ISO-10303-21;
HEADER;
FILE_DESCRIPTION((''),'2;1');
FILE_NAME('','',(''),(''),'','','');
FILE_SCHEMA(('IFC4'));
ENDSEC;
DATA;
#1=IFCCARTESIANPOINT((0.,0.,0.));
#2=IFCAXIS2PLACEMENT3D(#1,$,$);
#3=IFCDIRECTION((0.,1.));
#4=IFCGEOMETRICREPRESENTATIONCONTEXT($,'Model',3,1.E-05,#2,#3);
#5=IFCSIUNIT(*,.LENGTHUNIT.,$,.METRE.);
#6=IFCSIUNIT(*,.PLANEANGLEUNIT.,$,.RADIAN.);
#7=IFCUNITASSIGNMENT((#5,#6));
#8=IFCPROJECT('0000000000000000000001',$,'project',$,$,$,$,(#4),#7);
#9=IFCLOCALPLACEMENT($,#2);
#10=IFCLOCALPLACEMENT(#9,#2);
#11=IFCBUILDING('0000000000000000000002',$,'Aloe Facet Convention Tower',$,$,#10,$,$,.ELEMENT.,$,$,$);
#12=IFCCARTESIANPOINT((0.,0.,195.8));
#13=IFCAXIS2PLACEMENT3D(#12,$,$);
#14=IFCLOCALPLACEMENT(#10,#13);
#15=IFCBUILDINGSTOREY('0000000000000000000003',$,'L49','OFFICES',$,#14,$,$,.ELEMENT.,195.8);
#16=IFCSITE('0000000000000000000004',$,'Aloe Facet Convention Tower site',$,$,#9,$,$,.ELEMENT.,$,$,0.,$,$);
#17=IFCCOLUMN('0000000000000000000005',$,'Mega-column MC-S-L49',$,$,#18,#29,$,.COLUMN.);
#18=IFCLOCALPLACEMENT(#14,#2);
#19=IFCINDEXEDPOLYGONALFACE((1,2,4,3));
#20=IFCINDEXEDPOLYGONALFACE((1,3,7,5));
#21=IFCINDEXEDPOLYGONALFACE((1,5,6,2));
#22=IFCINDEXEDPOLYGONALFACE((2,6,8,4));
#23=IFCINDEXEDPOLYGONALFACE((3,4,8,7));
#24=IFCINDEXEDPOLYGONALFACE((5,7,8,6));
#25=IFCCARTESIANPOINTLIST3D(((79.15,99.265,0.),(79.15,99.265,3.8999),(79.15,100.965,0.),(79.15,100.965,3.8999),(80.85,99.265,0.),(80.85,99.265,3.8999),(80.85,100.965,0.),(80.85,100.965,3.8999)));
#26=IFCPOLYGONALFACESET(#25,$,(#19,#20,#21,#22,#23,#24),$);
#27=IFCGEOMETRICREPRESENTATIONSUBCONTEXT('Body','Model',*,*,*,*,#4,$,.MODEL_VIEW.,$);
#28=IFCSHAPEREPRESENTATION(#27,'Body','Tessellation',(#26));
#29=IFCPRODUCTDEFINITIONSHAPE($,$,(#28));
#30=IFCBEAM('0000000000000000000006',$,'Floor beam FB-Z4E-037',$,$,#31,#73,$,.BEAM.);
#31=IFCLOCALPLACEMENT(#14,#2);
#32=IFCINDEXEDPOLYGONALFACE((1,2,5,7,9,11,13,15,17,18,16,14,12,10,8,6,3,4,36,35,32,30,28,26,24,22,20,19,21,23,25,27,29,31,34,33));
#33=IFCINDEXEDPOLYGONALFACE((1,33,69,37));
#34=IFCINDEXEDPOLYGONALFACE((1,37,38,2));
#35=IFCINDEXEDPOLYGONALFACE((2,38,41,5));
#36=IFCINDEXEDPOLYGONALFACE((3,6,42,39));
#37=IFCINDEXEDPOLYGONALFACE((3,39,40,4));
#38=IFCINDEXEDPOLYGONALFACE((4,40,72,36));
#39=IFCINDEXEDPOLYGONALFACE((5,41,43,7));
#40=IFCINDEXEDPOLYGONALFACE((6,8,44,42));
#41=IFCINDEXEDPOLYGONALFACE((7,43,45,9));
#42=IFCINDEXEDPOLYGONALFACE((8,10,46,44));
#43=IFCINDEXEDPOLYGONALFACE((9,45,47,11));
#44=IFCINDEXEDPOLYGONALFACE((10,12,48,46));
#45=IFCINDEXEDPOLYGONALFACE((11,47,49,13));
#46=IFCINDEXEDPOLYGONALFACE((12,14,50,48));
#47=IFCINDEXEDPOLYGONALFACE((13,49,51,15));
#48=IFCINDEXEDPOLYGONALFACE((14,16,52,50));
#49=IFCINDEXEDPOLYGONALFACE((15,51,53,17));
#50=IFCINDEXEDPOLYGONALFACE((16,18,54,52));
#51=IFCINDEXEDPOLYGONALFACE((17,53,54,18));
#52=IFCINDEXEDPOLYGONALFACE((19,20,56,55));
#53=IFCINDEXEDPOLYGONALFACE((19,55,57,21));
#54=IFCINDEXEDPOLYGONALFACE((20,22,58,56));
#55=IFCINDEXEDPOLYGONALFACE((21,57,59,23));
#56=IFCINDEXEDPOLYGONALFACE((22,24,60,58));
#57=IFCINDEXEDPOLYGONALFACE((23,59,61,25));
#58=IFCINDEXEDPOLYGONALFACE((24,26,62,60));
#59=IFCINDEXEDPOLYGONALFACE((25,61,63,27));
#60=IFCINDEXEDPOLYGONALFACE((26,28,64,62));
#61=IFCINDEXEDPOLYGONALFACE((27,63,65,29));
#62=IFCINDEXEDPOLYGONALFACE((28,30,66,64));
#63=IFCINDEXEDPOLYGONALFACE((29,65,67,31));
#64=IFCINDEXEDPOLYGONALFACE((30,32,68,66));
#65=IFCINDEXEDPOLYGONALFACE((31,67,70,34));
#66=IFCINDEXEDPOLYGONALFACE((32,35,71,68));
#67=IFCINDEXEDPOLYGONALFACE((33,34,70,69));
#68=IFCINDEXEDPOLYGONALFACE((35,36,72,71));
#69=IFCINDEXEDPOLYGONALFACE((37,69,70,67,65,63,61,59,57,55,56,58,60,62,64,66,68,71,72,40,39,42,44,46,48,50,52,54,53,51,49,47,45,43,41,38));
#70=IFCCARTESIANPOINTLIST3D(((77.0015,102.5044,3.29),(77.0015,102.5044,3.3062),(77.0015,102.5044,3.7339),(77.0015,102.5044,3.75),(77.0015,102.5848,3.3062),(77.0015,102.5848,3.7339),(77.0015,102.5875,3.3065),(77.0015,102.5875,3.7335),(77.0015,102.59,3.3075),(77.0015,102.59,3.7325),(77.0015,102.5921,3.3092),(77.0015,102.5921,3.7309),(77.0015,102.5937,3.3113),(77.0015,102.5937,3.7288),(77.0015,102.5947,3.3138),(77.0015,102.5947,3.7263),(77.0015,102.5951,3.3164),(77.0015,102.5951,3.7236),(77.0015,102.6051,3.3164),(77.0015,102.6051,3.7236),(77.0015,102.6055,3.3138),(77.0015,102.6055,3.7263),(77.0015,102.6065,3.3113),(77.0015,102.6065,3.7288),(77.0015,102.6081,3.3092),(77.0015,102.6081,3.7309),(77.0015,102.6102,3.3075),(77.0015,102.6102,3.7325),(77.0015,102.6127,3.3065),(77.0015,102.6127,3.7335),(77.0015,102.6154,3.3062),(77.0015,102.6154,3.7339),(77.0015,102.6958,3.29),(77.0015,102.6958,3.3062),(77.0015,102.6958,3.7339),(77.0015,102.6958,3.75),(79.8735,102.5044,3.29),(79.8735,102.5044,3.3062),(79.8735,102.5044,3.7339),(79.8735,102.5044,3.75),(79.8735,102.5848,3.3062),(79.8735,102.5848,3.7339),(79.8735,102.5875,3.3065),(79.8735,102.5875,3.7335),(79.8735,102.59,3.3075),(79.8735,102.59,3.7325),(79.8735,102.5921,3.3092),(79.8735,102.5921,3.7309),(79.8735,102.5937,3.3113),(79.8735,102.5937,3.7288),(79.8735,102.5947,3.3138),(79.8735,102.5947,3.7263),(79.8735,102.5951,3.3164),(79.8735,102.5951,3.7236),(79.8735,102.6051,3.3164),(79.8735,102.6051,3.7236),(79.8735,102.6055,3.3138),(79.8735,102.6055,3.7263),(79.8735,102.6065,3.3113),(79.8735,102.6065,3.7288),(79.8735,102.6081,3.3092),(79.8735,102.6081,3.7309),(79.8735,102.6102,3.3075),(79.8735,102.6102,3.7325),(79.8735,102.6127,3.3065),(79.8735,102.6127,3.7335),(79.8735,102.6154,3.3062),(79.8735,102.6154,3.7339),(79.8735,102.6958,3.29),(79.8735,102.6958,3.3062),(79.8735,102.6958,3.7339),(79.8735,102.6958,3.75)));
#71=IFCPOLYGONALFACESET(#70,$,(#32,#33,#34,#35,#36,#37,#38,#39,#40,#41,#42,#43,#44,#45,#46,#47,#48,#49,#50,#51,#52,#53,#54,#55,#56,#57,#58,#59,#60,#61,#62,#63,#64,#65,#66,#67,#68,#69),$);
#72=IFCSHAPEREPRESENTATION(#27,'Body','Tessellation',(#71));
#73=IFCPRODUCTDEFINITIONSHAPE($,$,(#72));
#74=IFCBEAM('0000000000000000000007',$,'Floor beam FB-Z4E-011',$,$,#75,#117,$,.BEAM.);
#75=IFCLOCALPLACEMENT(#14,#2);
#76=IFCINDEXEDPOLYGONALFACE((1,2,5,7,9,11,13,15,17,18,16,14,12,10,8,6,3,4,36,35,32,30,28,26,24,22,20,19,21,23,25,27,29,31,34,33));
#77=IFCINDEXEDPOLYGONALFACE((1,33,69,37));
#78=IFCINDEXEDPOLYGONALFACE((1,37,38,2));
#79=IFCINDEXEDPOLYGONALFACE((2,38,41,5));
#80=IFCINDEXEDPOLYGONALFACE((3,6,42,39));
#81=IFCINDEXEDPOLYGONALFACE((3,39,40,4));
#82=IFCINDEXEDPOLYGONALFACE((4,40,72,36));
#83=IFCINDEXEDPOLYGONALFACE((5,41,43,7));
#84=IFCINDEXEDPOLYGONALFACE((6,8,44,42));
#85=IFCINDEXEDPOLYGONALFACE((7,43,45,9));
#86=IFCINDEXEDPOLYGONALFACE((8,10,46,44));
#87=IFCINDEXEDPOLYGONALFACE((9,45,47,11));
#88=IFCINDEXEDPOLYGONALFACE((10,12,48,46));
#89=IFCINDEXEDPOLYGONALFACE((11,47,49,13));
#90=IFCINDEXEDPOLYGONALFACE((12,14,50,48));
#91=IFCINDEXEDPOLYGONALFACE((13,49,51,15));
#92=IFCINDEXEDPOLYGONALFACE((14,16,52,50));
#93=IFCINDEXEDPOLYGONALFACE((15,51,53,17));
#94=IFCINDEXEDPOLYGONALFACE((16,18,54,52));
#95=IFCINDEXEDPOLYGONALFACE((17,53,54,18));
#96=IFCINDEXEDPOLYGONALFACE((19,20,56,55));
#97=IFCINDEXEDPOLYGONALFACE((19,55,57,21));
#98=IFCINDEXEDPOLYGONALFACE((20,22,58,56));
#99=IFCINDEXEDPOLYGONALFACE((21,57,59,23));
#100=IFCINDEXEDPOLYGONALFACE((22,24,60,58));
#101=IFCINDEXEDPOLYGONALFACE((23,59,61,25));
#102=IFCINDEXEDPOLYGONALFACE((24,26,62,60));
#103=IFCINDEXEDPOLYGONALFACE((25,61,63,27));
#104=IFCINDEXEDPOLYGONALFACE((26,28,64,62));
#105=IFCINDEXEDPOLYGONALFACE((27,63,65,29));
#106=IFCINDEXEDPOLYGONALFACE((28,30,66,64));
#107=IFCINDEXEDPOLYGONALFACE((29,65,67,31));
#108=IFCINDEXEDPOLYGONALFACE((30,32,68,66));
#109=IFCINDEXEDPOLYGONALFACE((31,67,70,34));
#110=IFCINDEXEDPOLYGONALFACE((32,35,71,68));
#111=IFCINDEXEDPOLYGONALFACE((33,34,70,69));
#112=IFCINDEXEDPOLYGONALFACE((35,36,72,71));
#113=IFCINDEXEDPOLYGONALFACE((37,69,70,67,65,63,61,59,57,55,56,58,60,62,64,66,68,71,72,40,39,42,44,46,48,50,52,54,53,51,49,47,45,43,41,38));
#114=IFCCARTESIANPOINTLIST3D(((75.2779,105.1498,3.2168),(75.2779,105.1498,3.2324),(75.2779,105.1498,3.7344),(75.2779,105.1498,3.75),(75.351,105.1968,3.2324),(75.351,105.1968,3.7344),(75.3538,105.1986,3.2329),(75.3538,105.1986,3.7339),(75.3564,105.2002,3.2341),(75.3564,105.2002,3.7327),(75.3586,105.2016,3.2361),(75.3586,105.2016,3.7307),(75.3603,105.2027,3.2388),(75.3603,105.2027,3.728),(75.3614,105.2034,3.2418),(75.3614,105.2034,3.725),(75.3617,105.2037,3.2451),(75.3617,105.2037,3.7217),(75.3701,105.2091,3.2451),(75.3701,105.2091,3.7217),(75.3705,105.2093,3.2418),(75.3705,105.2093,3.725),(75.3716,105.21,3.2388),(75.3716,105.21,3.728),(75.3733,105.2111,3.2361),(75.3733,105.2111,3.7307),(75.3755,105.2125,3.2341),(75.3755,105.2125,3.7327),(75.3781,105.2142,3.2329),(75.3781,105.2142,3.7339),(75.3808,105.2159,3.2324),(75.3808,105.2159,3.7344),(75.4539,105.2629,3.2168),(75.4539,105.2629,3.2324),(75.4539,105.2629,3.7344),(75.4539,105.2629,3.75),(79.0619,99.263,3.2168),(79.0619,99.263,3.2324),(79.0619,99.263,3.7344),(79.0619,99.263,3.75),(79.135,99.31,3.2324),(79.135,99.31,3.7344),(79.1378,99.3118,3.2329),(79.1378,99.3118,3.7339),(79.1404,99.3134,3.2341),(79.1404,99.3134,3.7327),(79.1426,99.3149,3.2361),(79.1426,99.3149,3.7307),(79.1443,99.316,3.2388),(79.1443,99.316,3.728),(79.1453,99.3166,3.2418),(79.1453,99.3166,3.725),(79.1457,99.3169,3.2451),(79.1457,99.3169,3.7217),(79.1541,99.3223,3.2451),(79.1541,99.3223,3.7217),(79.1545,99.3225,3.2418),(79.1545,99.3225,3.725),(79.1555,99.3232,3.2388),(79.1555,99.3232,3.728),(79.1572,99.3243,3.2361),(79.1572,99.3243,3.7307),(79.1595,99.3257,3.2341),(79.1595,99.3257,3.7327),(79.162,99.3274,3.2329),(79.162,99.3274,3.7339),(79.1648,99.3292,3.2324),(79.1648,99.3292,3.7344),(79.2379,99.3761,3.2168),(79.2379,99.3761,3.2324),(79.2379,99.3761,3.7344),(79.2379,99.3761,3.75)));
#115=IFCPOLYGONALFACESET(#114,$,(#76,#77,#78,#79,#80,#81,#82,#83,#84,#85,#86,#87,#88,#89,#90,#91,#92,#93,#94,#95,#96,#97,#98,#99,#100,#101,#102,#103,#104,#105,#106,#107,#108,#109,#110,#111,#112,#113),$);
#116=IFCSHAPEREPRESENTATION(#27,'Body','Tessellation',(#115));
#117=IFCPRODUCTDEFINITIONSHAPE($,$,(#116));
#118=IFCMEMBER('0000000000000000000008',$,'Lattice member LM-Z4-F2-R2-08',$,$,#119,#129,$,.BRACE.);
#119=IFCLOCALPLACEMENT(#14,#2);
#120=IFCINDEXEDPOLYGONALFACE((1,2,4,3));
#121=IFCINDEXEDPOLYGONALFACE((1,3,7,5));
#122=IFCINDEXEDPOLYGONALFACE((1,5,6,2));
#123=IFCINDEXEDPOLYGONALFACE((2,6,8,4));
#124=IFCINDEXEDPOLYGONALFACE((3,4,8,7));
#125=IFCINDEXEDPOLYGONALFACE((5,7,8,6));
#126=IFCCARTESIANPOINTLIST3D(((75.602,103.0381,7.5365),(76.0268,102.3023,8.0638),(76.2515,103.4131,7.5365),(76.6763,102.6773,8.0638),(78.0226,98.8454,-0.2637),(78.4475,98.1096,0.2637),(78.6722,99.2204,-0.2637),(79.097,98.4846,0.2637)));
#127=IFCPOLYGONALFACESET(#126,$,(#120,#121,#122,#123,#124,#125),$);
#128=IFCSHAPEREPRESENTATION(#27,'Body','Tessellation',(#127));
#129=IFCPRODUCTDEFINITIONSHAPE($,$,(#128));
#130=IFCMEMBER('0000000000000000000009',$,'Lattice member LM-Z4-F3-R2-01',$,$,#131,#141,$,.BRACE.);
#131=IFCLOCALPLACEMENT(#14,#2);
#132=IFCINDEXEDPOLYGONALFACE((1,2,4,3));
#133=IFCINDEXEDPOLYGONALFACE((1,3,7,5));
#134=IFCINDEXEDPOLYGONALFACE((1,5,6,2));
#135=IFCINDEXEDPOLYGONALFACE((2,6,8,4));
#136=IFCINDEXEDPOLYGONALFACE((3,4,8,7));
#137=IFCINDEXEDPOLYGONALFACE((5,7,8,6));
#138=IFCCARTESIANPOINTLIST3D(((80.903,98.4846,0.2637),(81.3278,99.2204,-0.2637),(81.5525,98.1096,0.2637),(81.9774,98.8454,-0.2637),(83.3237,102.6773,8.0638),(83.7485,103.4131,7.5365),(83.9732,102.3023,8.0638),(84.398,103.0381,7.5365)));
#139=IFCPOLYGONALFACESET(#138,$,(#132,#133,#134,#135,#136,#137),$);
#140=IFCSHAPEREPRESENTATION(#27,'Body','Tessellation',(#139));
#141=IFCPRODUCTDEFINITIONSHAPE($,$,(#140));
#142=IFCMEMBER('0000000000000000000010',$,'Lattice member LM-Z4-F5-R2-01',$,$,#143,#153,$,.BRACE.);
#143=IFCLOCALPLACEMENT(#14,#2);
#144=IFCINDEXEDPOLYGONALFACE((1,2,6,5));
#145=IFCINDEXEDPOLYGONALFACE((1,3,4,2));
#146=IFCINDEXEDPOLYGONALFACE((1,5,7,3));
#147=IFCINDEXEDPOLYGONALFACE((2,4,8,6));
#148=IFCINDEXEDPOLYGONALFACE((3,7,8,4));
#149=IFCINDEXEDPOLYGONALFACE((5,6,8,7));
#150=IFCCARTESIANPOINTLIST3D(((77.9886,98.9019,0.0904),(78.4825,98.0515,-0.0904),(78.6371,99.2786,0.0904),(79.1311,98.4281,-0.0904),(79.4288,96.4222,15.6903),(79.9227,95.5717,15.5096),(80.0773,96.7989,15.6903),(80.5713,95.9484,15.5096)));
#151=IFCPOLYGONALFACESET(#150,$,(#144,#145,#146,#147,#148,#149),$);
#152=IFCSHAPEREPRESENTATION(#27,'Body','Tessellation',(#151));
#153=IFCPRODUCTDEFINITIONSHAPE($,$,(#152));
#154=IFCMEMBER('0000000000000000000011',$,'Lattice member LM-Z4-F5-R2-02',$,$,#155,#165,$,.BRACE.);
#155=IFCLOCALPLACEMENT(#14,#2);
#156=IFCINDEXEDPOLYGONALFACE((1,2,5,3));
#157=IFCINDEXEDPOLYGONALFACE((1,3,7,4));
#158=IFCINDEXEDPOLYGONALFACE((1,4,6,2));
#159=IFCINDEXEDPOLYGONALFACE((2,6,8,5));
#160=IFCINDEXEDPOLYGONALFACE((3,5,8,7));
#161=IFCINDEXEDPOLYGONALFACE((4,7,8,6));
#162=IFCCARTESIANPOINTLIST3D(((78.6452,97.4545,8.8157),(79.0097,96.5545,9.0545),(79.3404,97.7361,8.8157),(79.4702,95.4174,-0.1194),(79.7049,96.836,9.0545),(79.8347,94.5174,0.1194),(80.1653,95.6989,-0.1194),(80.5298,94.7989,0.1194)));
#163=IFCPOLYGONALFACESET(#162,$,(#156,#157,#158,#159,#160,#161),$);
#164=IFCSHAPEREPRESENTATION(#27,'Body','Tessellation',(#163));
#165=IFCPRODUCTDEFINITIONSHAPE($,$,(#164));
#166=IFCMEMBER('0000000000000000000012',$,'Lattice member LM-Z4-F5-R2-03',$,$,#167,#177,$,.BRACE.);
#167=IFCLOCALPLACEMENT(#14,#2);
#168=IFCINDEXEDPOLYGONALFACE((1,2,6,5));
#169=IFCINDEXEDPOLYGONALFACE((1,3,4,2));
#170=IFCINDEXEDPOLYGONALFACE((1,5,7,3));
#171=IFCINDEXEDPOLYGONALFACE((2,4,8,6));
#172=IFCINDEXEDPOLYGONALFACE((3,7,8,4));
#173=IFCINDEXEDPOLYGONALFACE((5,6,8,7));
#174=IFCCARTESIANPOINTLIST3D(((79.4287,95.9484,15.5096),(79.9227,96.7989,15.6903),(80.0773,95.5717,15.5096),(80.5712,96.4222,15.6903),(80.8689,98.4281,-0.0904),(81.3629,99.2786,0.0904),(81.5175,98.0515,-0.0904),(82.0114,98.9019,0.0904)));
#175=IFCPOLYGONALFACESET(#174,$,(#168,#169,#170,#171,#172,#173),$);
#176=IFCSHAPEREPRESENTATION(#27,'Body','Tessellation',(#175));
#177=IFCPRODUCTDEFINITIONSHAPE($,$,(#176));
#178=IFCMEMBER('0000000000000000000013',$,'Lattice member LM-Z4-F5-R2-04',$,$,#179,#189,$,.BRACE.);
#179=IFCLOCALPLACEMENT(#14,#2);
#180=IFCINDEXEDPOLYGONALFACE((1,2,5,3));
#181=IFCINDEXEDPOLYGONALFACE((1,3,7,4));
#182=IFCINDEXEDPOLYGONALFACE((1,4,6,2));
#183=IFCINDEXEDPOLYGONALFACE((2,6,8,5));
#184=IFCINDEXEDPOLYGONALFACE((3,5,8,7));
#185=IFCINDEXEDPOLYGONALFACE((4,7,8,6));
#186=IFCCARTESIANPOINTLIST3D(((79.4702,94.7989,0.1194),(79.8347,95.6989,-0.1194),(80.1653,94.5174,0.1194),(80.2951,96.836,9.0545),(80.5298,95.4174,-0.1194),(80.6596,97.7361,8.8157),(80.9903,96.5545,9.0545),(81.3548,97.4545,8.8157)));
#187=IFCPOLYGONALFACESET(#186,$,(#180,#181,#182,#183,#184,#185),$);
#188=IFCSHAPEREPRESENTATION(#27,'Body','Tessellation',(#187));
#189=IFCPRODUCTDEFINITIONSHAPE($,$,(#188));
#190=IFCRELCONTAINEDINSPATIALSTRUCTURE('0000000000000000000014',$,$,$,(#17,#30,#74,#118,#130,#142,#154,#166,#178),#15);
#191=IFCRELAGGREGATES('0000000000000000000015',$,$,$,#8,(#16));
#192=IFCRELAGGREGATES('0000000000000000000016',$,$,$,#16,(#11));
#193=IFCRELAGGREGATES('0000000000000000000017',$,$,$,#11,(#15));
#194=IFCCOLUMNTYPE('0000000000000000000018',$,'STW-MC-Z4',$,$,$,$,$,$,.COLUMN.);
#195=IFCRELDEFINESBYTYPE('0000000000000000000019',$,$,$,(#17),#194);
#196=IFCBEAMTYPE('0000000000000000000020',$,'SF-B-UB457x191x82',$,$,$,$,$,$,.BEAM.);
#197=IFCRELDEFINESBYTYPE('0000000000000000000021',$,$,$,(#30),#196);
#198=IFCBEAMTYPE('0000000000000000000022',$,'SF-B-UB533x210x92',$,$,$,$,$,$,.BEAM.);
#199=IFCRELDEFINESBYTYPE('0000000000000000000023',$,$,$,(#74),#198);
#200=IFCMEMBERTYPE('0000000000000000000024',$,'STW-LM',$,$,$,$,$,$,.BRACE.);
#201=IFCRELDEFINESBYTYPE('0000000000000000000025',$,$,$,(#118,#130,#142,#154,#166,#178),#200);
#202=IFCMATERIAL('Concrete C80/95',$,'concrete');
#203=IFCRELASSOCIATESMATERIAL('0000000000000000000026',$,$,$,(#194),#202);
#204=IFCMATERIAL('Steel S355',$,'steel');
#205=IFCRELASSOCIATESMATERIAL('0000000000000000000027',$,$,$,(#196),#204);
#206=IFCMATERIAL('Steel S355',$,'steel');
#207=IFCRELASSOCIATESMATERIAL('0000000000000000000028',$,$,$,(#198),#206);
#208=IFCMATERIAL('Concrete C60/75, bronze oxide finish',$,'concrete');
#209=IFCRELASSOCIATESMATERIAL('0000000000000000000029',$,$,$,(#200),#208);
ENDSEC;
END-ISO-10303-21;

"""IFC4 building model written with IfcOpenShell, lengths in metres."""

from ifc_helpers import new_model, si_unit, direction, frame, origin, origin_2d, place, context, subcontext, project, spatial, rectangle, i_section, extrude, material, material_profile, profile_set, type_object, element, save


model = new_model("IFC4")

# Units and contexts
model_context = context("Model", 3, precision=1e-05, world=origin(), true_north=direction((0.0, 1.0)))
body_context = subcontext(model_context, "Body", "Model", "MODEL_VIEW")
ifc_project = project(units=[si_unit("LENGTHUNIT", "METRE"), si_unit("PLANEANGLEUNIT", "RADIAN")], contexts=[model_context])

# Site, building, storey
site_placement = place(None, origin())
site = spatial("IfcSite", under=ifc_project, at=site_placement, Name="Aloe Facet Convention Tower site", CompositionType="ELEMENT", RefElevation=0.0)
building_placement = place(site_placement, origin())
building = spatial("IfcBuilding", under=site, at=building_placement, Name="Aloe Facet Convention Tower", CompositionType="ELEMENT")
storey_placement = place(building_placement, frame((0.0, 0.0, 195.8)))
storey = spatial("IfcBuildingStorey", under=building, at=storey_placement, Name="L49", Description="OFFICES", CompositionType="ELEMENT", Elevation=195.8)

# Column
ifc_material_1 = material(Name="Concrete C80/95", Category="concrete")
ifc_material_profile_1 = material_profile(ifc_material_1, rectangle(XDim=1.7, YDim=1.7, at=origin_2d()), Name="STW-MC-Z4")
ifc_profile_set_1 = profile_set([ifc_material_profile_1], Name="Concrete C80/95")
column_type = type_object("IfcColumnType", Name="STW-MC-Z4", PredefinedType="COLUMN", material=ifc_profile_set_1)
column_placement = place(storey_placement, frame((80.0, 100.115, 0.0), z_axis=(0.0, 0.0, 1.0), x_axis=(1.0, 0.0, 0.0)))
element("IfcColumn", 1, at=column_placement, inside=storey, type_object=column_type, Name="Mega-column MC-S-L49", PredefinedType="COLUMN", context=body_context, shape_type="SweptSolid", body=[
    extrude(rectangle(XDim=1.7, YDim=1.7, at=origin_2d()), origin(), (0.0, 0.0, 1.0), 3.8999),
])

# Beams
ifc_material_2 = material(Name="Steel S355", Category="steel")
ifc_material_profile_2 = material_profile(ifc_material_2, i_section(OverallWidth=0.1914, OverallDepth=0.46, WebThickness=0.01, FlangeThickness=0.0161, FilletRadius=0.0103, at=origin_2d()), Name="UB 457x191x82")
ifc_profile_set_2 = profile_set([ifc_material_profile_2], Name="Steel S355")
beam_type_1 = type_object("IfcBeamType", Name="SF-B-UB457x191x82", PredefinedType="BEAM", material=ifc_profile_set_2)
beam_1_placement = place(storey_placement, frame((77.0015, 102.6001, 3.52), z_axis=(1.0, 0.0, 0.0), x_axis=(0.0, 1.0, 0.0)))
element("IfcBeam", 2, at=beam_1_placement, inside=storey, type_object=beam_type_1, Name="Floor beam FB-Z4E-037", PredefinedType="BEAM", context=body_context, shape_type="SweptSolid", body=[
    extrude(i_section(OverallWidth=0.1914, OverallDepth=0.46, WebThickness=0.01, FlangeThickness=0.0161, FilletRadius=0.0103, at=origin_2d()), origin(), (0.0, 0.0, 1.0), 2.8721),
])
ifc_material_3 = material(Name="Steel S355", Category="steel")
ifc_material_profile_3 = material_profile(ifc_material_3, i_section(OverallWidth=0.2092, OverallDepth=0.5332, WebThickness=0.01, FlangeThickness=0.0156, FilletRadius=0.0127, at=origin_2d()), Name="UB 533x210x92")
ifc_profile_set_3 = profile_set([ifc_material_profile_3], Name="Steel S355")
beam_type_2 = type_object("IfcBeamType", Name="SF-B-UB533x210x92", PredefinedType="BEAM", material=ifc_profile_set_3)
beam_2_placement = place(storey_placement, frame((79.1499, 99.3196, 3.4834), z_axis=(-0.540719, 0.841203, 0.0), x_axis=(-0.841203, -0.540719, 0.0)))
element("IfcBeam", 3, at=beam_2_placement, inside=storey, type_object=beam_type_2, Name="Floor beam FB-Z4E-011", PredefinedType="BEAM", context=body_context, shape_type="SweptSolid", body=[
    extrude(i_section(OverallWidth=0.2092, OverallDepth=0.5332, WebThickness=0.01, FlangeThickness=0.0156, FilletRadius=0.0127, at=origin_2d()), origin(), (0.0, 0.0, 1.0), 6.998),
])

# Members
ifc_material_4 = material(Name="Concrete C60/75, bronze oxide finish", Category="concrete")
ifc_material_profile_4 = material_profile(ifc_material_4, rectangle(XDim=0.75, YDim=1.0, at=origin_2d()), Name="STW-LM")
ifc_profile_set_4 = profile_set([ifc_material_profile_4], Name="Concrete C60/75, bronze oxide finish")
member_type = type_object("IfcMemberType", Name="STW-LM", PredefinedType="BRACE", material=ifc_profile_set_4)
for number, where, z_axis, x_axis, name in (
    (4, (78.5598, 98.665, 0.0), (-0.263678, 0.456697, 0.849648), (-0.866022, -0.500006, 0.0), "Lattice member LM-Z4-F2-R2-08"),
    (5, (81.4402, 98.665, 0.0), (0.263678, 0.456697, 0.849648), (-0.866022, 0.500006, 0.0), "Lattice member LM-Z4-F3-R2-01"),
):
    element("IfcMember", number, at=place(storey_placement, frame(where, z_axis=z_axis, x_axis=x_axis)), inside=storey, type_object=member_type, Name=name, PredefinedType="BRACE", context=body_context, shape_type="SweptSolid", body=[
        extrude(rectangle(XDim=0.75, YDim=1.0, at=origin_2d()), origin(), (0.0, 0.0, 1.0), 9.1804),
    ])
member_1_placement = place(storey_placement, frame((78.5598, 98.665, 0.0), z_axis=(0.090799, -0.156339, 0.983521), x_axis=(0.864738, 0.502224, 0.0)))
element("IfcMember", 6, at=member_1_placement, inside=storey, type_object=member_type, Name="Lattice member LM-Z4-F5-R2-01", PredefinedType="BRACE", context=body_context, shape_type="SweptSolid", body=[
    extrude(rectangle(XDim=0.75, YDim=1.0, at=origin_2d()), origin(), (0.0, 0.0, 1.0), 15.8613),
])
member_2_placement = place(storey_placement, frame((80.0, 95.1082, 0.0), z_axis=(-0.089655, 0.221391, 0.971055), x_axis=(-0.926882, -0.375352, 0.0)))
element("IfcMember", 7, at=member_2_placement, inside=storey, type_object=member_type, Name="Lattice member LM-Z4-F5-R2-02", PredefinedType="BRACE", context=body_context, shape_type="SweptSolid", body=[
    extrude(rectangle(XDim=0.75, YDim=1.0, at=origin_2d()), origin(), (0.0, 0.0, 1.0), 9.2014),
])
member_3_placement = place(storey_placement, frame((81.4402, 98.665, 0.0), z_axis=(-0.090799, -0.156339, 0.983521), x_axis=(0.864738, -0.502224, 0.0)))
element("IfcMember", 8, at=member_3_placement, inside=storey, type_object=member_type, Name="Lattice member LM-Z4-F5-R2-03", PredefinedType="BRACE", context=body_context, shape_type="SweptSolid", body=[
    extrude(rectangle(XDim=0.75, YDim=1.0, at=origin_2d()), origin(), (0.0, 0.0, 1.0), 15.8613),
])
member_4_placement = place(storey_placement, frame((80.0, 95.1082, 0.0), z_axis=(0.089655, 0.221391, 0.971055), x_axis=(-0.926882, 0.375352, 0.0)))
element("IfcMember", 9, at=member_4_placement, inside=storey, type_object=member_type, Name="Lattice member LM-Z4-F5-R2-04", PredefinedType="BRACE", context=body_context, shape_type="SweptSolid", body=[
    extrude(rectangle(XDim=0.75, YDim=1.0, at=origin_2d()), origin(), (0.0, 0.0, 1.0), 9.2014),
])

save(model, "model.ifc")
